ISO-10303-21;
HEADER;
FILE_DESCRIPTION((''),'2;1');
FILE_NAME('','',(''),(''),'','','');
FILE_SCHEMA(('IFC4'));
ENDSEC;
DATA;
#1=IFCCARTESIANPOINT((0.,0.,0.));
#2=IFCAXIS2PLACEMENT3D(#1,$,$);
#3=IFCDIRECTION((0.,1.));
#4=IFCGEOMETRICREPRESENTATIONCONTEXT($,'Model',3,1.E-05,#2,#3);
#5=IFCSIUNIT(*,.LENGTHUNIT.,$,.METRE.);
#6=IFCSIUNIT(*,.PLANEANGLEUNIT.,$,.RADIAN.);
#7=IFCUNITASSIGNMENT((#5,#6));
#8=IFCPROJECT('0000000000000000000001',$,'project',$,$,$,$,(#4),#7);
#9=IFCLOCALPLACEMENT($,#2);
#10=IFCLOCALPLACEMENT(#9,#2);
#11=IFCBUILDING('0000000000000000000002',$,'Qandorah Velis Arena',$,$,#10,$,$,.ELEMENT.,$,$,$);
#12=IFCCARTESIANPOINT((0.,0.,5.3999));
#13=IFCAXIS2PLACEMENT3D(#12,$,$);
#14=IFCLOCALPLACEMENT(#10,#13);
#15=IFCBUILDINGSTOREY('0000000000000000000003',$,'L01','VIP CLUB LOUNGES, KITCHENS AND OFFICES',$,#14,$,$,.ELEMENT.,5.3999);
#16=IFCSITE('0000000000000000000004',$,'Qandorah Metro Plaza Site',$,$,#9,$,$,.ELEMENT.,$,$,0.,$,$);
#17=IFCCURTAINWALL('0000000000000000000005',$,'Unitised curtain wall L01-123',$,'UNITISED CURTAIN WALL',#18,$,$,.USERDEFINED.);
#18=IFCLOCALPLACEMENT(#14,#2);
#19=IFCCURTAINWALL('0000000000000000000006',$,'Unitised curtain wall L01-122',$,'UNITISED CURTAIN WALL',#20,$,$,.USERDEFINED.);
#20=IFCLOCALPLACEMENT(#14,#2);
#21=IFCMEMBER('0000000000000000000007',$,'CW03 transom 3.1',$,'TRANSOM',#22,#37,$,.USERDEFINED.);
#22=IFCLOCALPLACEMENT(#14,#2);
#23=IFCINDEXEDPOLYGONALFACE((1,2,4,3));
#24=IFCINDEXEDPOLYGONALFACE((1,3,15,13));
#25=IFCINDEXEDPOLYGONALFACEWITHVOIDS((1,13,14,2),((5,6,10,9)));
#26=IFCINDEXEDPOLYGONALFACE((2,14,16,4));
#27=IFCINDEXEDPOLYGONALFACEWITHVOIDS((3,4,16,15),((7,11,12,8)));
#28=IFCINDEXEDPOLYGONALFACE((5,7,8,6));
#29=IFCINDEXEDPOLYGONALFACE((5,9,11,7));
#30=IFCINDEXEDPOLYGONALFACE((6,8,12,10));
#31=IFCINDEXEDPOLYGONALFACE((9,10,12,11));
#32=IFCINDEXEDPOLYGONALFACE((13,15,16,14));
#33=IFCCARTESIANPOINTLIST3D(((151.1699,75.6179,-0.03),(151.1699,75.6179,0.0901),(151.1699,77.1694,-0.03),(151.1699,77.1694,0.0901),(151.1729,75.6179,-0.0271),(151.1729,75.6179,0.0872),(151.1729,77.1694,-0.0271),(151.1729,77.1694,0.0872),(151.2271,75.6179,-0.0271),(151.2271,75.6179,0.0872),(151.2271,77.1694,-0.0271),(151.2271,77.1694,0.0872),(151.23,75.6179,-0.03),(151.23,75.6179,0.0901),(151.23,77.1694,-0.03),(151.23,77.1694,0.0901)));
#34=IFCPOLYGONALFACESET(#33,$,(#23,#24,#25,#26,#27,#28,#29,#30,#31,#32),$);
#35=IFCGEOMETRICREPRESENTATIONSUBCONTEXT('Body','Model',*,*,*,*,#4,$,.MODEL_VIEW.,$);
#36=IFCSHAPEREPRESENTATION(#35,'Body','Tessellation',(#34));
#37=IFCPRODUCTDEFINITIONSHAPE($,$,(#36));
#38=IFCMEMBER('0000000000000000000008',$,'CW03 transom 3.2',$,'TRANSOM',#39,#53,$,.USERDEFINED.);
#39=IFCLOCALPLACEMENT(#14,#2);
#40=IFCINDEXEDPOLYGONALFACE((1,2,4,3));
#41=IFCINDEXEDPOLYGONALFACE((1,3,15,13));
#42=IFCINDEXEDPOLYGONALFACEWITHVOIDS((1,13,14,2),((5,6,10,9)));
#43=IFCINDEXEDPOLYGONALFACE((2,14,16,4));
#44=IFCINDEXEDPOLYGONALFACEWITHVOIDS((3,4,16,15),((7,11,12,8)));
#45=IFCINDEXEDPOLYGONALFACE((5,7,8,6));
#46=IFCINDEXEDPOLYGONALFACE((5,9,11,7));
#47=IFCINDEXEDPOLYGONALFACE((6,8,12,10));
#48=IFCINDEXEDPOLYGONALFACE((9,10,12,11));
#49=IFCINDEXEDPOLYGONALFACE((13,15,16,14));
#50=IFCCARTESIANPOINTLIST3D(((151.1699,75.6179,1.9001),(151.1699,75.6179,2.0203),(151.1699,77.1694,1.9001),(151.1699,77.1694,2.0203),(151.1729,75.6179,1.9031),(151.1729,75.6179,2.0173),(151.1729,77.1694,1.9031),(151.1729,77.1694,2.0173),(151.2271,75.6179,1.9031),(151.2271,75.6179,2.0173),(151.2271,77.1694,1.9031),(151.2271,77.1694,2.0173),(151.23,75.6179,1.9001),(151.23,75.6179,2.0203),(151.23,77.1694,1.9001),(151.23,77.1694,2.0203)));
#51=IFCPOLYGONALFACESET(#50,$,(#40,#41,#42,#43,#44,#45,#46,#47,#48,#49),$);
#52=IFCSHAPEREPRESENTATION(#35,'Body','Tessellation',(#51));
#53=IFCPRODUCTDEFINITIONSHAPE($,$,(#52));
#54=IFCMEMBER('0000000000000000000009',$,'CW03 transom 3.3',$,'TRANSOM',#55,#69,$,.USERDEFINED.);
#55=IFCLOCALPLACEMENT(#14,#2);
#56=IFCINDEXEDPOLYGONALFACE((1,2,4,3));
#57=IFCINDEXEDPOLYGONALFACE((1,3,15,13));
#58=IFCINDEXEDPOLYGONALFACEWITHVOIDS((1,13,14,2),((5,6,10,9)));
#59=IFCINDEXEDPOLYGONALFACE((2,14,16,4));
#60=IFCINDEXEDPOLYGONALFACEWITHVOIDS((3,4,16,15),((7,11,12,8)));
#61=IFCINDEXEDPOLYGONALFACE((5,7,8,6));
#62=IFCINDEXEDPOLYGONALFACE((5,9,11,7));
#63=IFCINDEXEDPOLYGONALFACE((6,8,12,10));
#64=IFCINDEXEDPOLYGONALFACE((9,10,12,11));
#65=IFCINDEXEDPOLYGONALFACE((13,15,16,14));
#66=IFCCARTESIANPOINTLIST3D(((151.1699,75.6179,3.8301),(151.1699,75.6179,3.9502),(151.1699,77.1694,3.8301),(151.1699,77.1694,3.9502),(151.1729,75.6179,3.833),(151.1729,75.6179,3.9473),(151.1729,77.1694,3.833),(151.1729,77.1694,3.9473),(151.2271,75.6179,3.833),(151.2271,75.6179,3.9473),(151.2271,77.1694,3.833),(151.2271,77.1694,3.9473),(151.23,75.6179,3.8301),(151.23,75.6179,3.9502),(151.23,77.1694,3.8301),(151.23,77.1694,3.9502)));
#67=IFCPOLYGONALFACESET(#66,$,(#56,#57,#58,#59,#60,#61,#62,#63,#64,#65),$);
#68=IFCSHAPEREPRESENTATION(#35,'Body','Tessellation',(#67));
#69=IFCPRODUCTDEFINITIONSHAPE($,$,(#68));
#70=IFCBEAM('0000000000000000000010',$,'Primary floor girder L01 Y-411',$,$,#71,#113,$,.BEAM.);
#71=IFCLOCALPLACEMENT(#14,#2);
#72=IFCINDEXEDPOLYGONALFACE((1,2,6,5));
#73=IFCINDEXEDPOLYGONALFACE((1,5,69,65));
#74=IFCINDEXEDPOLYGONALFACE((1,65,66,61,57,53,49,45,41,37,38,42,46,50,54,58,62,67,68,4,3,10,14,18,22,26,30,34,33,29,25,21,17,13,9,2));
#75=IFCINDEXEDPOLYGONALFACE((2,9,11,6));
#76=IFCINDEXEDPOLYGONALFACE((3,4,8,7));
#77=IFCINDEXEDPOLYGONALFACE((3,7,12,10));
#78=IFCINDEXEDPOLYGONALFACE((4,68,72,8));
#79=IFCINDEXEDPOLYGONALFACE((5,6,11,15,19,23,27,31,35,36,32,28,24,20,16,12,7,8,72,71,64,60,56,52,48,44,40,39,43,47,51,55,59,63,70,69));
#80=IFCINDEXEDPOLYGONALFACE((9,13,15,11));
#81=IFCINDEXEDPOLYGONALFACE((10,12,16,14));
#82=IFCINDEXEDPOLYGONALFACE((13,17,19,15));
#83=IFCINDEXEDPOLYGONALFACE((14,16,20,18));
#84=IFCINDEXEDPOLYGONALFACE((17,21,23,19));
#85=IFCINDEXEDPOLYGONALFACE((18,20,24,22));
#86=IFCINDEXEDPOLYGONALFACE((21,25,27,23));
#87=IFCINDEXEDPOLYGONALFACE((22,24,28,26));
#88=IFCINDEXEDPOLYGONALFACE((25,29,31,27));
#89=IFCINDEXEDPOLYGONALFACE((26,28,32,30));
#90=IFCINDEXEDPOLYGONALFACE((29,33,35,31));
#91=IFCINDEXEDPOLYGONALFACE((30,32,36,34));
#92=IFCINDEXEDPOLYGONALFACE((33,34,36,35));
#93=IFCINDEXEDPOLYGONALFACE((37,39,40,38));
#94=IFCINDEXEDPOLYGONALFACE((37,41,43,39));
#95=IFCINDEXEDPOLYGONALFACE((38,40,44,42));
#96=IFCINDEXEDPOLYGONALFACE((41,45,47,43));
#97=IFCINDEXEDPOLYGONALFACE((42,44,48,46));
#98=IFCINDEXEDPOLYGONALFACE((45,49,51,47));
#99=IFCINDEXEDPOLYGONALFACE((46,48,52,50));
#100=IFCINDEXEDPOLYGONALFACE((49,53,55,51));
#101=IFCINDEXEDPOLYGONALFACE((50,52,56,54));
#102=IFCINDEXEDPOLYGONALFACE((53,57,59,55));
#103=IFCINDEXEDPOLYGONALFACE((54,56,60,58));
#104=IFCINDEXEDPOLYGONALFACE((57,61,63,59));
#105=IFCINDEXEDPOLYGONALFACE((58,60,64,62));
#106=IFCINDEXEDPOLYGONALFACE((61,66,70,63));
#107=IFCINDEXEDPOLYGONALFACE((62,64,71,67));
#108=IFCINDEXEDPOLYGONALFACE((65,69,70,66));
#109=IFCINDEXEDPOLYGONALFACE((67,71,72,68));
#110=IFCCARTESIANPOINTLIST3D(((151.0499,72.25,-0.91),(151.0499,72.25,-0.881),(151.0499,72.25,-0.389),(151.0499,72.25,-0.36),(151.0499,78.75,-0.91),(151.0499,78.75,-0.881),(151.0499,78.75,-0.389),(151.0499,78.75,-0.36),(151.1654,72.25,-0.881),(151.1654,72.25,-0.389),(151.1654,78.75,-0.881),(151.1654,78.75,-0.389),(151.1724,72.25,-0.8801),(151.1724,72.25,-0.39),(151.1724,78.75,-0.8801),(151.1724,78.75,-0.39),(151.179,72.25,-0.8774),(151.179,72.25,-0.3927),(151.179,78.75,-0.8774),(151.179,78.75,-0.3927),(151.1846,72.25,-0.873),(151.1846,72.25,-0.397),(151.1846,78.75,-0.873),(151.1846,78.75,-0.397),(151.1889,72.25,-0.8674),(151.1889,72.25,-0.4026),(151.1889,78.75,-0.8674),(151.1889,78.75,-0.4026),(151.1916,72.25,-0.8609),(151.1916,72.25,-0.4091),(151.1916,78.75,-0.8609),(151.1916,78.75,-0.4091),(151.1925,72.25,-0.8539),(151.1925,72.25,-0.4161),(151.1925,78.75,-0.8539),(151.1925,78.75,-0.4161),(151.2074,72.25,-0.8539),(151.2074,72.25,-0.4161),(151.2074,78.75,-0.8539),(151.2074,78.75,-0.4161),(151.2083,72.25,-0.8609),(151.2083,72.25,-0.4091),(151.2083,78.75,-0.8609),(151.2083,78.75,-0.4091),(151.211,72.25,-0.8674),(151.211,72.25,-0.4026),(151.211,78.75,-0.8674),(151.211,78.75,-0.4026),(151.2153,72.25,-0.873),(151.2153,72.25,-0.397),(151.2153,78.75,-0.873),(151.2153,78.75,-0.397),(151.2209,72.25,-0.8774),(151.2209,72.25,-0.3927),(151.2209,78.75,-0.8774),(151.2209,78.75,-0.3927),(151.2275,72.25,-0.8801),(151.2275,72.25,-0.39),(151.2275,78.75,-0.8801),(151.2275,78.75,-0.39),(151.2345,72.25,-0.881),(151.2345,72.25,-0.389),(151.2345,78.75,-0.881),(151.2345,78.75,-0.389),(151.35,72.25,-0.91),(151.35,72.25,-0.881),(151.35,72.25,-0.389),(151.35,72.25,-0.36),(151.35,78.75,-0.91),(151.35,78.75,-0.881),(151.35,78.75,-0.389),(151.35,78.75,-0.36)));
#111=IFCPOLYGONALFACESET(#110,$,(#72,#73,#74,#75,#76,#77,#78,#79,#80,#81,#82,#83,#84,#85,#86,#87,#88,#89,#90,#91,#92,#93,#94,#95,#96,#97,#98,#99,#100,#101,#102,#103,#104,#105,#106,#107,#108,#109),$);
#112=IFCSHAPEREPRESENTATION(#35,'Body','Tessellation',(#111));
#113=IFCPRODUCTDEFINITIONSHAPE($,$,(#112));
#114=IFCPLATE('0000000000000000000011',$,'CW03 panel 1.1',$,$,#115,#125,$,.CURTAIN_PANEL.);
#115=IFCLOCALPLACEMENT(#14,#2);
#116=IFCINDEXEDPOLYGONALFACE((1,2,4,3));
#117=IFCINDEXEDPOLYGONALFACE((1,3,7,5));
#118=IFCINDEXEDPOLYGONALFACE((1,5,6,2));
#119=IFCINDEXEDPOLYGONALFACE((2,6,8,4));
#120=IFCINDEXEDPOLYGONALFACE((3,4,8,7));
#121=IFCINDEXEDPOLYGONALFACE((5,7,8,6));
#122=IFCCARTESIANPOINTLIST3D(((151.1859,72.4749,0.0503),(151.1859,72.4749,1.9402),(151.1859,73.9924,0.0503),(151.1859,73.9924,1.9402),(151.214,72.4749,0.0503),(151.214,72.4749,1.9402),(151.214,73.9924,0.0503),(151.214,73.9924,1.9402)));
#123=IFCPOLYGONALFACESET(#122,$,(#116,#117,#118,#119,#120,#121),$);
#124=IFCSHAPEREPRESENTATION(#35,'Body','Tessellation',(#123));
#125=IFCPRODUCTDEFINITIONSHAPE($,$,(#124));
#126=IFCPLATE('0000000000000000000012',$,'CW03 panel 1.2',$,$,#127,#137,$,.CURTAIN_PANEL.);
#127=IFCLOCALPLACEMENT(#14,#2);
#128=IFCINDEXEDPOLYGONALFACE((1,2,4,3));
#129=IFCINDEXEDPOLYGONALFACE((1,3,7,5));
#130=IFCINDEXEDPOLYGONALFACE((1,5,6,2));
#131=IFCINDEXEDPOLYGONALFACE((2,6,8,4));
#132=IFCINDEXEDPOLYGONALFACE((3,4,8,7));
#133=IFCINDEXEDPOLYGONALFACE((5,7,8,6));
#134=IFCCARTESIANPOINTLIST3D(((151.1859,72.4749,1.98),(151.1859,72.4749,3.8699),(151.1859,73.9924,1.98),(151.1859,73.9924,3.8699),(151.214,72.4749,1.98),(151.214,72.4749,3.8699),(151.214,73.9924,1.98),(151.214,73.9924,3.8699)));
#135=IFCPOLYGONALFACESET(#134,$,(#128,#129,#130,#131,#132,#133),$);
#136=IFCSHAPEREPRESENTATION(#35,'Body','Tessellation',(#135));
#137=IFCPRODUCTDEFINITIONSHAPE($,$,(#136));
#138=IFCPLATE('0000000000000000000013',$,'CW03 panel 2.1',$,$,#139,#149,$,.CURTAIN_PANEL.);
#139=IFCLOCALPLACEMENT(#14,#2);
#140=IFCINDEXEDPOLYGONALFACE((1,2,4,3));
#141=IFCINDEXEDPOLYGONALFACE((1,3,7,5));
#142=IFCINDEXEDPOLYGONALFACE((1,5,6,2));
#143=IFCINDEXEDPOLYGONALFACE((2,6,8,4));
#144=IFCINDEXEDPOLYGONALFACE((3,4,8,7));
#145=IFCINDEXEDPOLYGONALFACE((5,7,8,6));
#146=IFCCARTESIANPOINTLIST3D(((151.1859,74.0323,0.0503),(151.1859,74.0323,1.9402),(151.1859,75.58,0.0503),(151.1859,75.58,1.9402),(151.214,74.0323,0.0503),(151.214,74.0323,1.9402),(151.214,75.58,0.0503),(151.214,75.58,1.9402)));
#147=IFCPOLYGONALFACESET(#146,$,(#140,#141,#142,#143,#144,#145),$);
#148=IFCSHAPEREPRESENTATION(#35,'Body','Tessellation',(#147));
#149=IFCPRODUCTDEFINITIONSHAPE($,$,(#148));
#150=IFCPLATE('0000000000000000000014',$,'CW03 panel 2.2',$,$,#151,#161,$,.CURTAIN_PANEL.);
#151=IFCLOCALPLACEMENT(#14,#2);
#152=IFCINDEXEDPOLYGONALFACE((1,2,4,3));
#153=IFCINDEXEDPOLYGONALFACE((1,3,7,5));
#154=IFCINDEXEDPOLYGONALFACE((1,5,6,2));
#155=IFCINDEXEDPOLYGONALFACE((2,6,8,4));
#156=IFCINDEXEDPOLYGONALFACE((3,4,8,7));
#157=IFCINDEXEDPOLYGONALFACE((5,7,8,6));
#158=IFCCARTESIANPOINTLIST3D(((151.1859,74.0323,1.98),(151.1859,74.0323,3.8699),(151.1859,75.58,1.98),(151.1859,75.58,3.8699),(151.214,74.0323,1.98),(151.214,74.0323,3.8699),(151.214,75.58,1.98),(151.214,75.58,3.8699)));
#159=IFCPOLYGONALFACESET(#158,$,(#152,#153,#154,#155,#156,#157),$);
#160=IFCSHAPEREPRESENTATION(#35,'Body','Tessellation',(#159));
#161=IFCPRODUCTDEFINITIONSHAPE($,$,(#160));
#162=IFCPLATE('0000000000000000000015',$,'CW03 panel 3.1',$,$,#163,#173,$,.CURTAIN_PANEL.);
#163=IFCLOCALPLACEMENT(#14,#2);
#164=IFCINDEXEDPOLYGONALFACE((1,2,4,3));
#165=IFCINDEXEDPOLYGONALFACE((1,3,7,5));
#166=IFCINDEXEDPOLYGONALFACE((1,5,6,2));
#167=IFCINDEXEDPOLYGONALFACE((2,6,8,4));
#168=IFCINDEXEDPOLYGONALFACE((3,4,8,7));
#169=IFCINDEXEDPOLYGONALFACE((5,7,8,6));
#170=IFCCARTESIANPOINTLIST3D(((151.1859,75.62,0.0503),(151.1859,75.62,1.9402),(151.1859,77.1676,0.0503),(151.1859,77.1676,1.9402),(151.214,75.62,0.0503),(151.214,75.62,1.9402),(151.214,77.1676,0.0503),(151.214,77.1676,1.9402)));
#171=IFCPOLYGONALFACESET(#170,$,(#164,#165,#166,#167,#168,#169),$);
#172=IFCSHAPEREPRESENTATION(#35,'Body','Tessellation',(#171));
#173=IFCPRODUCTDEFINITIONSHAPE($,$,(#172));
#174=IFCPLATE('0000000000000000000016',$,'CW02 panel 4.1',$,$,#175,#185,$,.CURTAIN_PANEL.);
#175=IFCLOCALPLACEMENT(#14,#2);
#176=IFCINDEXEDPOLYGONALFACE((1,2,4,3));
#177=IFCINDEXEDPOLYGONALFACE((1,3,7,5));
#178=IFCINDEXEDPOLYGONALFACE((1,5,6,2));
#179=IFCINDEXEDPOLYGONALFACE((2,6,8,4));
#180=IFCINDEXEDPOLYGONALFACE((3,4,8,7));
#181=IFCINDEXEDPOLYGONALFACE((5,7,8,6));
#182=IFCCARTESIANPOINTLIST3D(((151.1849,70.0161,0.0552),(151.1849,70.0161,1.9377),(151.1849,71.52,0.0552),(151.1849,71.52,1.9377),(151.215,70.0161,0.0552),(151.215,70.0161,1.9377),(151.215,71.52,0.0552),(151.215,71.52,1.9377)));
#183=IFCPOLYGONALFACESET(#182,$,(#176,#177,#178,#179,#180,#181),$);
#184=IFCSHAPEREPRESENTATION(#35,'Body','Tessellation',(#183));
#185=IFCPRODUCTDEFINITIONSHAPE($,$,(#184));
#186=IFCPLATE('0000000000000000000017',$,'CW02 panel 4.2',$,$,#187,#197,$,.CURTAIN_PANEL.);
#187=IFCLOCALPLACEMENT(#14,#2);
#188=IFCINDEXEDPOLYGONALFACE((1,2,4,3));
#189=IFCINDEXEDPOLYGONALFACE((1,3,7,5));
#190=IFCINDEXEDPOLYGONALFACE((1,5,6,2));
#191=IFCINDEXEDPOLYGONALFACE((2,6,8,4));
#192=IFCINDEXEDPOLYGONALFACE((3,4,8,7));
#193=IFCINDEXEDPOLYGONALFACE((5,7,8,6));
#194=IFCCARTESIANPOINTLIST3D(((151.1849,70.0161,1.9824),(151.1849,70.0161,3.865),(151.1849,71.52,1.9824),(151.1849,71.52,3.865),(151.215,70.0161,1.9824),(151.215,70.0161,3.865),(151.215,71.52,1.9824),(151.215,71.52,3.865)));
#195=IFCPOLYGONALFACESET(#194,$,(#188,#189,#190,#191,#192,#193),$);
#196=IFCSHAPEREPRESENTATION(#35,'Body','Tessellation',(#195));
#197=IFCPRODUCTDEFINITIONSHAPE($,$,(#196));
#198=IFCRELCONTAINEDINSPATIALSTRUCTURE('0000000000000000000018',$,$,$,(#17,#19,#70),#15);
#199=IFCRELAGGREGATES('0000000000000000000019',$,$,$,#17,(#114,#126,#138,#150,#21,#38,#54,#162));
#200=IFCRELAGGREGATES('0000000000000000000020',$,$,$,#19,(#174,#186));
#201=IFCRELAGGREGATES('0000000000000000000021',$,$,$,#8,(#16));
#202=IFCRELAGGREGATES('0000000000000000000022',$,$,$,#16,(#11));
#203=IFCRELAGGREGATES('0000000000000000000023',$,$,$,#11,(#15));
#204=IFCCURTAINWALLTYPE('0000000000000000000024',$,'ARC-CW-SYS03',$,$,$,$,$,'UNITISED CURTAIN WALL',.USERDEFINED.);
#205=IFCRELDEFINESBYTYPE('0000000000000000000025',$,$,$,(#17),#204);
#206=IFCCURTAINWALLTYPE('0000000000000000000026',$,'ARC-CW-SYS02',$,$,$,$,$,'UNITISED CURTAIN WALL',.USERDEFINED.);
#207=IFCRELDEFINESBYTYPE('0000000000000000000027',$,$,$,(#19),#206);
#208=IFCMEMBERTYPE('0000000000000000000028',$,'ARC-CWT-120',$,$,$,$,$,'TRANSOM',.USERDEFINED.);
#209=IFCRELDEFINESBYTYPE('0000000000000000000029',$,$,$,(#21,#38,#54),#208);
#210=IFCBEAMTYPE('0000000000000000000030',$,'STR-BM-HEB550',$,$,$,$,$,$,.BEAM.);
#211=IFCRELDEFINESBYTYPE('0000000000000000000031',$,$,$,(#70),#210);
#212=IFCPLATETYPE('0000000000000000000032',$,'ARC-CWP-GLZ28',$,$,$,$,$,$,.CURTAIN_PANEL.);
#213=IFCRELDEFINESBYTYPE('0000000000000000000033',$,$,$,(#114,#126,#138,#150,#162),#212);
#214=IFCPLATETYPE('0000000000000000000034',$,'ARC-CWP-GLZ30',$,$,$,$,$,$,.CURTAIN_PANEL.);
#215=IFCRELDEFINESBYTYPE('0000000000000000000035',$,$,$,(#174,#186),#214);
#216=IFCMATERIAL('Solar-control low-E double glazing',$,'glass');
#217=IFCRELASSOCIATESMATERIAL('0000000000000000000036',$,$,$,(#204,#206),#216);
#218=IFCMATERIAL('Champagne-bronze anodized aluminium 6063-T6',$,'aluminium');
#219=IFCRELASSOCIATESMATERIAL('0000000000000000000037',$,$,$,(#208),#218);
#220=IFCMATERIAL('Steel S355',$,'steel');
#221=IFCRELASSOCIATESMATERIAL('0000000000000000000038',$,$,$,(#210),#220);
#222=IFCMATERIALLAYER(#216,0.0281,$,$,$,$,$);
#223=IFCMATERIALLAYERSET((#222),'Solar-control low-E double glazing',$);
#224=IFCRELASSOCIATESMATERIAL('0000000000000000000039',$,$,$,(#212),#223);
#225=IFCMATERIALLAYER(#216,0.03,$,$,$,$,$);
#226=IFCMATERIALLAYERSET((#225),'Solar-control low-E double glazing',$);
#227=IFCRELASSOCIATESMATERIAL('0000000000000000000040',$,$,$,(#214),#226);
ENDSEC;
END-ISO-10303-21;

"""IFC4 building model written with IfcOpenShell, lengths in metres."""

from ifc_helpers import new_model, si_unit, direction, frame, origin, origin_2d, place, context, subcontext, project, spatial, rectangle, hollow_rectangle, i_section, extrude, material, layer, layer_set, material_profile, profile_set, type_object, element, aggregate, save


model = new_model("IFC4")

# Units and contexts
model_context = context("Model", 3, precision=1e-05, world=origin(), true_north=direction((0.0, 1.0)))
body_context = subcontext(model_context, "Body", "Model", "MODEL_VIEW")
ifc_project = project(units=[si_unit("LENGTHUNIT", "METRE"), si_unit("PLANEANGLEUNIT", "RADIAN")], contexts=[model_context])

# Site, building, storey
site_placement = place(None, origin())
site = spatial("IfcSite", under=ifc_project, at=site_placement, Name="Qandorah Metro Plaza Site", CompositionType="ELEMENT", RefElevation=0.0)
building_placement = place(site_placement, origin())
building = spatial("IfcBuilding", under=site, at=building_placement, Name="Qandorah Velis Arena", CompositionType="ELEMENT")
storey_placement = place(building_placement, frame((0.0, 0.0, 5.3999)))
storey = spatial("IfcBuildingStorey", under=building, at=storey_placement, Name="L01", Description="VIP CLUB LOUNGES, KITCHENS AND OFFICES", CompositionType="ELEMENT", Elevation=5.3999)

# Curtain wall
ifc_material_1 = material(Name="Solar-control low-E double glazing", Category="glass")
curtain_wall_type_1 = type_object("IfcCurtainWallType", Name="ARC-CW-SYS03", ElementType="UNITISED CURTAIN WALL", PredefinedType="USERDEFINED", material=ifc_material_1)
curtain_wall_1_placement = place(storey_placement, origin())
curtain_wall_1 = element("IfcCurtainWall", 1, at=curtain_wall_1_placement, inside=storey, type_object=curtain_wall_type_1, Name="Unitised curtain wall L01-123", ObjectType="UNITISED CURTAIN WALL", PredefinedType="USERDEFINED")
ifc_material_2 = material(Name="Champagne-bronze anodized aluminium 6063-T6", Category="aluminium")

# Curtain wall
curtain_wall_type_2 = type_object("IfcCurtainWallType", Name="ARC-CW-SYS02", ElementType="UNITISED CURTAIN WALL", PredefinedType="USERDEFINED", material=ifc_material_1)
curtain_wall_2_placement = place(storey_placement, origin())
curtain_wall_2 = element("IfcCurtainWall", 2, at=curtain_wall_2_placement, inside=storey, type_object=curtain_wall_type_2, Name="Unitised curtain wall L01-122", ObjectType="UNITISED CURTAIN WALL", PredefinedType="USERDEFINED")

# Members
ifc_material_profile_1 = material_profile(ifc_material_2, hollow_rectangle(XDim=0.0601, YDim=0.1201, WallThickness=0.0029, at=origin_2d()), Name="ALU TRANSOM 60x120")
ifc_profile_set_1 = profile_set([ifc_material_profile_1], Name="Champagne-bronze anodized aluminium 6063-T6")
member_type_1 = type_object("IfcMemberType", Name="ARC-CWT-120", ElementType="TRANSOM", PredefinedType="USERDEFINED", material=ifc_profile_set_1)
member_1_placement = place(storey_placement, frame((151.2, 75.6179, 0.03), z_axis=(0.0, 1.0, 0.0), x_axis=(-1.0, 0.0, 0.0)))
member_1 = element("IfcMember", 3, at=member_1_placement, type_object=member_type_1, Name="CW03 transom 3.1", ObjectType="TRANSOM", PredefinedType="USERDEFINED", context=body_context, shape_type="SweptSolid", body=[
    extrude(hollow_rectangle(XDim=0.0601, YDim=0.1201, WallThickness=0.0029, at=origin_2d()), origin(), (0.0, 0.0, 1.0), 1.5515),
])
member_2_placement = place(storey_placement, frame((151.2, 75.6179, 1.9602), z_axis=(0.0, 1.0, 0.0), x_axis=(-1.0, 0.0, 0.0)))
member_2 = element("IfcMember", 4, at=member_2_placement, type_object=member_type_1, Name="CW03 transom 3.2", ObjectType="TRANSOM", PredefinedType="USERDEFINED", context=body_context, shape_type="SweptSolid", body=[
    extrude(hollow_rectangle(XDim=0.0601, YDim=0.1201, WallThickness=0.0029, at=origin_2d()), origin(), (0.0, 0.0, 1.0), 1.5515),
])
member_3_placement = place(storey_placement, frame((151.2, 75.6179, 3.8901), z_axis=(0.0, 1.0, 0.0), x_axis=(-1.0, 0.0, 0.0)))
member_3 = element("IfcMember", 5, at=member_3_placement, type_object=member_type_1, Name="CW03 transom 3.3", ObjectType="TRANSOM", PredefinedType="USERDEFINED", context=body_context, shape_type="SweptSolid", body=[
    extrude(hollow_rectangle(XDim=0.0601, YDim=0.1201, WallThickness=0.0029, at=origin_2d()), origin(), (0.0, 0.0, 1.0), 1.5515),
])

# Beam
ifc_material_3 = material(Name="Steel S355", Category="steel")
ifc_material_profile_2 = material_profile(ifc_material_3, i_section(OverallWidth=0.3, OverallDepth=0.55, WebThickness=0.0149, FlangeThickness=0.0291, FilletRadius=0.0271, at=origin_2d()), Name="HEB 550")
ifc_profile_set_2 = profile_set([ifc_material_profile_2], Name="Steel S355")
beam_type = type_object("IfcBeamType", Name="STR-BM-HEB550", PredefinedType="BEAM", material=ifc_profile_set_2)
beam_placement = place(storey_placement, frame((151.2, 72.25, -0.635), z_axis=(0.0, 1.0, 0.0), x_axis=(-1.0, 0.0, 0.0)))
element("IfcBeam", 6, at=beam_placement, inside=storey, type_object=beam_type, Name="Primary floor girder L01 Y-411", PredefinedType="BEAM", context=body_context, shape_type="SweptSolid", body=[
    extrude(i_section(OverallWidth=0.3, OverallDepth=0.55, WebThickness=0.0149, FlangeThickness=0.0291, FilletRadius=0.0271, at=origin_2d()), origin(), (0.0, 0.0, 1.0), 6.5),
])

# Plates
ifc_layer_1 = layer(ifc_material_1, 0.0281)
ifc_layer_set_1 = layer_set([ifc_layer_1], Name="Solar-control low-E double glazing")
plate_type_1 = type_object("IfcPlateType", Name="ARC-CWP-GLZ28", PredefinedType="CURTAIN_PANEL", material=ifc_layer_set_1)
plate_1_placement = place(storey_placement, frame((151.2, 73.2336, 0.0503), z_axis=(0.0, 0.0, 1.0), x_axis=(0.0, 1.0, 0.0)))
plate_1 = element("IfcPlate", 7, at=plate_1_placement, type_object=plate_type_1, Name="CW03 panel 1.1", PredefinedType="CURTAIN_PANEL", context=body_context, shape_type="SweptSolid", body=[
    extrude(rectangle(XDim=1.5176, YDim=0.0281, at=origin_2d()), origin(), (0.0, 0.0, 1.0), 1.8899),
])
plate_2_placement = place(storey_placement, frame((151.2, 73.2336, 1.98), z_axis=(0.0, 0.0, 1.0), x_axis=(0.0, 1.0, 0.0)))
plate_2 = element("IfcPlate", 8, at=plate_2_placement, type_object=plate_type_1, Name="CW03 panel 1.2", PredefinedType="CURTAIN_PANEL", context=body_context, shape_type="SweptSolid", body=[
    extrude(rectangle(XDim=1.5176, YDim=0.0281, at=origin_2d()), origin(), (0.0, 0.0, 1.0), 1.8899),
])
plate_3_placement = place(storey_placement, frame((151.2, 74.8062, 0.0503), z_axis=(0.0, 0.0, 1.0), x_axis=(0.0, 1.0, 0.0)))
plate_3 = element("IfcPlate", 9, at=plate_3_placement, type_object=plate_type_1, Name="CW03 panel 2.1", PredefinedType="CURTAIN_PANEL", context=body_context, shape_type="SweptSolid", body=[
    extrude(rectangle(XDim=1.5476, YDim=0.0281, at=origin_2d()), origin(), (0.0, 0.0, 1.0), 1.8899),
])
plate_4_placement = place(storey_placement, frame((151.2, 74.8062, 1.98), z_axis=(0.0, 0.0, 1.0), x_axis=(0.0, 1.0, 0.0)))
plate_4 = element("IfcPlate", 10, at=plate_4_placement, type_object=plate_type_1, Name="CW03 panel 2.2", PredefinedType="CURTAIN_PANEL", context=body_context, shape_type="SweptSolid", body=[
    extrude(rectangle(XDim=1.5476, YDim=0.0281, at=origin_2d()), origin(), (0.0, 0.0, 1.0), 1.8899),
])
plate_5_placement = place(storey_placement, frame((151.2, 76.3938, 0.0503), z_axis=(0.0, 0.0, 1.0), x_axis=(0.0, 1.0, 0.0)))
plate_5 = element("IfcPlate", 11, at=plate_5_placement, type_object=plate_type_1, Name="CW03 panel 3.1", PredefinedType="CURTAIN_PANEL", context=body_context, shape_type="SweptSolid", body=[
    extrude(rectangle(XDim=1.5476, YDim=0.0281, at=origin_2d()), origin(), (0.0, 0.0, 1.0), 1.8899),
])
aggregate(curtain_wall_1, [plate_1, plate_2, plate_3, plate_4, member_1, member_2, member_3, plate_5])
ifc_layer_2 = layer(ifc_material_1, 0.03)
ifc_layer_set_2 = layer_set([ifc_layer_2], Name="Solar-control low-E double glazing")
plate_type_2 = type_object("IfcPlateType", Name="ARC-CWP-GLZ30", PredefinedType="CURTAIN_PANEL", material=ifc_layer_set_2)
plate_6_placement = place(storey_placement, frame((151.2, 70.7681, 0.0552), z_axis=(0.0, 0.0, 1.0), x_axis=(0.0, 1.0, 0.0)))
plate_6 = element("IfcPlate", 12, at=plate_6_placement, type_object=plate_type_2, Name="CW02 panel 4.1", PredefinedType="CURTAIN_PANEL", context=body_context, shape_type="SweptSolid", body=[
    extrude(rectangle(XDim=1.5039, YDim=0.03, at=origin_2d()), origin(), (0.0, 0.0, 1.0), 1.8826),
])
plate_7_placement = place(storey_placement, frame((151.2, 70.7681, 1.9824), z_axis=(0.0, 0.0, 1.0), x_axis=(0.0, 1.0, 0.0)))
plate_7 = element("IfcPlate", 13, at=plate_7_placement, type_object=plate_type_2, Name="CW02 panel 4.2", PredefinedType="CURTAIN_PANEL", context=body_context, shape_type="SweptSolid", body=[
    extrude(rectangle(XDim=1.5039, YDim=0.03, at=origin_2d()), origin(), (0.0, 0.0, 1.0), 1.8826),
])
aggregate(curtain_wall_2, [plate_6, plate_7])

save(model, "model.ifc")
